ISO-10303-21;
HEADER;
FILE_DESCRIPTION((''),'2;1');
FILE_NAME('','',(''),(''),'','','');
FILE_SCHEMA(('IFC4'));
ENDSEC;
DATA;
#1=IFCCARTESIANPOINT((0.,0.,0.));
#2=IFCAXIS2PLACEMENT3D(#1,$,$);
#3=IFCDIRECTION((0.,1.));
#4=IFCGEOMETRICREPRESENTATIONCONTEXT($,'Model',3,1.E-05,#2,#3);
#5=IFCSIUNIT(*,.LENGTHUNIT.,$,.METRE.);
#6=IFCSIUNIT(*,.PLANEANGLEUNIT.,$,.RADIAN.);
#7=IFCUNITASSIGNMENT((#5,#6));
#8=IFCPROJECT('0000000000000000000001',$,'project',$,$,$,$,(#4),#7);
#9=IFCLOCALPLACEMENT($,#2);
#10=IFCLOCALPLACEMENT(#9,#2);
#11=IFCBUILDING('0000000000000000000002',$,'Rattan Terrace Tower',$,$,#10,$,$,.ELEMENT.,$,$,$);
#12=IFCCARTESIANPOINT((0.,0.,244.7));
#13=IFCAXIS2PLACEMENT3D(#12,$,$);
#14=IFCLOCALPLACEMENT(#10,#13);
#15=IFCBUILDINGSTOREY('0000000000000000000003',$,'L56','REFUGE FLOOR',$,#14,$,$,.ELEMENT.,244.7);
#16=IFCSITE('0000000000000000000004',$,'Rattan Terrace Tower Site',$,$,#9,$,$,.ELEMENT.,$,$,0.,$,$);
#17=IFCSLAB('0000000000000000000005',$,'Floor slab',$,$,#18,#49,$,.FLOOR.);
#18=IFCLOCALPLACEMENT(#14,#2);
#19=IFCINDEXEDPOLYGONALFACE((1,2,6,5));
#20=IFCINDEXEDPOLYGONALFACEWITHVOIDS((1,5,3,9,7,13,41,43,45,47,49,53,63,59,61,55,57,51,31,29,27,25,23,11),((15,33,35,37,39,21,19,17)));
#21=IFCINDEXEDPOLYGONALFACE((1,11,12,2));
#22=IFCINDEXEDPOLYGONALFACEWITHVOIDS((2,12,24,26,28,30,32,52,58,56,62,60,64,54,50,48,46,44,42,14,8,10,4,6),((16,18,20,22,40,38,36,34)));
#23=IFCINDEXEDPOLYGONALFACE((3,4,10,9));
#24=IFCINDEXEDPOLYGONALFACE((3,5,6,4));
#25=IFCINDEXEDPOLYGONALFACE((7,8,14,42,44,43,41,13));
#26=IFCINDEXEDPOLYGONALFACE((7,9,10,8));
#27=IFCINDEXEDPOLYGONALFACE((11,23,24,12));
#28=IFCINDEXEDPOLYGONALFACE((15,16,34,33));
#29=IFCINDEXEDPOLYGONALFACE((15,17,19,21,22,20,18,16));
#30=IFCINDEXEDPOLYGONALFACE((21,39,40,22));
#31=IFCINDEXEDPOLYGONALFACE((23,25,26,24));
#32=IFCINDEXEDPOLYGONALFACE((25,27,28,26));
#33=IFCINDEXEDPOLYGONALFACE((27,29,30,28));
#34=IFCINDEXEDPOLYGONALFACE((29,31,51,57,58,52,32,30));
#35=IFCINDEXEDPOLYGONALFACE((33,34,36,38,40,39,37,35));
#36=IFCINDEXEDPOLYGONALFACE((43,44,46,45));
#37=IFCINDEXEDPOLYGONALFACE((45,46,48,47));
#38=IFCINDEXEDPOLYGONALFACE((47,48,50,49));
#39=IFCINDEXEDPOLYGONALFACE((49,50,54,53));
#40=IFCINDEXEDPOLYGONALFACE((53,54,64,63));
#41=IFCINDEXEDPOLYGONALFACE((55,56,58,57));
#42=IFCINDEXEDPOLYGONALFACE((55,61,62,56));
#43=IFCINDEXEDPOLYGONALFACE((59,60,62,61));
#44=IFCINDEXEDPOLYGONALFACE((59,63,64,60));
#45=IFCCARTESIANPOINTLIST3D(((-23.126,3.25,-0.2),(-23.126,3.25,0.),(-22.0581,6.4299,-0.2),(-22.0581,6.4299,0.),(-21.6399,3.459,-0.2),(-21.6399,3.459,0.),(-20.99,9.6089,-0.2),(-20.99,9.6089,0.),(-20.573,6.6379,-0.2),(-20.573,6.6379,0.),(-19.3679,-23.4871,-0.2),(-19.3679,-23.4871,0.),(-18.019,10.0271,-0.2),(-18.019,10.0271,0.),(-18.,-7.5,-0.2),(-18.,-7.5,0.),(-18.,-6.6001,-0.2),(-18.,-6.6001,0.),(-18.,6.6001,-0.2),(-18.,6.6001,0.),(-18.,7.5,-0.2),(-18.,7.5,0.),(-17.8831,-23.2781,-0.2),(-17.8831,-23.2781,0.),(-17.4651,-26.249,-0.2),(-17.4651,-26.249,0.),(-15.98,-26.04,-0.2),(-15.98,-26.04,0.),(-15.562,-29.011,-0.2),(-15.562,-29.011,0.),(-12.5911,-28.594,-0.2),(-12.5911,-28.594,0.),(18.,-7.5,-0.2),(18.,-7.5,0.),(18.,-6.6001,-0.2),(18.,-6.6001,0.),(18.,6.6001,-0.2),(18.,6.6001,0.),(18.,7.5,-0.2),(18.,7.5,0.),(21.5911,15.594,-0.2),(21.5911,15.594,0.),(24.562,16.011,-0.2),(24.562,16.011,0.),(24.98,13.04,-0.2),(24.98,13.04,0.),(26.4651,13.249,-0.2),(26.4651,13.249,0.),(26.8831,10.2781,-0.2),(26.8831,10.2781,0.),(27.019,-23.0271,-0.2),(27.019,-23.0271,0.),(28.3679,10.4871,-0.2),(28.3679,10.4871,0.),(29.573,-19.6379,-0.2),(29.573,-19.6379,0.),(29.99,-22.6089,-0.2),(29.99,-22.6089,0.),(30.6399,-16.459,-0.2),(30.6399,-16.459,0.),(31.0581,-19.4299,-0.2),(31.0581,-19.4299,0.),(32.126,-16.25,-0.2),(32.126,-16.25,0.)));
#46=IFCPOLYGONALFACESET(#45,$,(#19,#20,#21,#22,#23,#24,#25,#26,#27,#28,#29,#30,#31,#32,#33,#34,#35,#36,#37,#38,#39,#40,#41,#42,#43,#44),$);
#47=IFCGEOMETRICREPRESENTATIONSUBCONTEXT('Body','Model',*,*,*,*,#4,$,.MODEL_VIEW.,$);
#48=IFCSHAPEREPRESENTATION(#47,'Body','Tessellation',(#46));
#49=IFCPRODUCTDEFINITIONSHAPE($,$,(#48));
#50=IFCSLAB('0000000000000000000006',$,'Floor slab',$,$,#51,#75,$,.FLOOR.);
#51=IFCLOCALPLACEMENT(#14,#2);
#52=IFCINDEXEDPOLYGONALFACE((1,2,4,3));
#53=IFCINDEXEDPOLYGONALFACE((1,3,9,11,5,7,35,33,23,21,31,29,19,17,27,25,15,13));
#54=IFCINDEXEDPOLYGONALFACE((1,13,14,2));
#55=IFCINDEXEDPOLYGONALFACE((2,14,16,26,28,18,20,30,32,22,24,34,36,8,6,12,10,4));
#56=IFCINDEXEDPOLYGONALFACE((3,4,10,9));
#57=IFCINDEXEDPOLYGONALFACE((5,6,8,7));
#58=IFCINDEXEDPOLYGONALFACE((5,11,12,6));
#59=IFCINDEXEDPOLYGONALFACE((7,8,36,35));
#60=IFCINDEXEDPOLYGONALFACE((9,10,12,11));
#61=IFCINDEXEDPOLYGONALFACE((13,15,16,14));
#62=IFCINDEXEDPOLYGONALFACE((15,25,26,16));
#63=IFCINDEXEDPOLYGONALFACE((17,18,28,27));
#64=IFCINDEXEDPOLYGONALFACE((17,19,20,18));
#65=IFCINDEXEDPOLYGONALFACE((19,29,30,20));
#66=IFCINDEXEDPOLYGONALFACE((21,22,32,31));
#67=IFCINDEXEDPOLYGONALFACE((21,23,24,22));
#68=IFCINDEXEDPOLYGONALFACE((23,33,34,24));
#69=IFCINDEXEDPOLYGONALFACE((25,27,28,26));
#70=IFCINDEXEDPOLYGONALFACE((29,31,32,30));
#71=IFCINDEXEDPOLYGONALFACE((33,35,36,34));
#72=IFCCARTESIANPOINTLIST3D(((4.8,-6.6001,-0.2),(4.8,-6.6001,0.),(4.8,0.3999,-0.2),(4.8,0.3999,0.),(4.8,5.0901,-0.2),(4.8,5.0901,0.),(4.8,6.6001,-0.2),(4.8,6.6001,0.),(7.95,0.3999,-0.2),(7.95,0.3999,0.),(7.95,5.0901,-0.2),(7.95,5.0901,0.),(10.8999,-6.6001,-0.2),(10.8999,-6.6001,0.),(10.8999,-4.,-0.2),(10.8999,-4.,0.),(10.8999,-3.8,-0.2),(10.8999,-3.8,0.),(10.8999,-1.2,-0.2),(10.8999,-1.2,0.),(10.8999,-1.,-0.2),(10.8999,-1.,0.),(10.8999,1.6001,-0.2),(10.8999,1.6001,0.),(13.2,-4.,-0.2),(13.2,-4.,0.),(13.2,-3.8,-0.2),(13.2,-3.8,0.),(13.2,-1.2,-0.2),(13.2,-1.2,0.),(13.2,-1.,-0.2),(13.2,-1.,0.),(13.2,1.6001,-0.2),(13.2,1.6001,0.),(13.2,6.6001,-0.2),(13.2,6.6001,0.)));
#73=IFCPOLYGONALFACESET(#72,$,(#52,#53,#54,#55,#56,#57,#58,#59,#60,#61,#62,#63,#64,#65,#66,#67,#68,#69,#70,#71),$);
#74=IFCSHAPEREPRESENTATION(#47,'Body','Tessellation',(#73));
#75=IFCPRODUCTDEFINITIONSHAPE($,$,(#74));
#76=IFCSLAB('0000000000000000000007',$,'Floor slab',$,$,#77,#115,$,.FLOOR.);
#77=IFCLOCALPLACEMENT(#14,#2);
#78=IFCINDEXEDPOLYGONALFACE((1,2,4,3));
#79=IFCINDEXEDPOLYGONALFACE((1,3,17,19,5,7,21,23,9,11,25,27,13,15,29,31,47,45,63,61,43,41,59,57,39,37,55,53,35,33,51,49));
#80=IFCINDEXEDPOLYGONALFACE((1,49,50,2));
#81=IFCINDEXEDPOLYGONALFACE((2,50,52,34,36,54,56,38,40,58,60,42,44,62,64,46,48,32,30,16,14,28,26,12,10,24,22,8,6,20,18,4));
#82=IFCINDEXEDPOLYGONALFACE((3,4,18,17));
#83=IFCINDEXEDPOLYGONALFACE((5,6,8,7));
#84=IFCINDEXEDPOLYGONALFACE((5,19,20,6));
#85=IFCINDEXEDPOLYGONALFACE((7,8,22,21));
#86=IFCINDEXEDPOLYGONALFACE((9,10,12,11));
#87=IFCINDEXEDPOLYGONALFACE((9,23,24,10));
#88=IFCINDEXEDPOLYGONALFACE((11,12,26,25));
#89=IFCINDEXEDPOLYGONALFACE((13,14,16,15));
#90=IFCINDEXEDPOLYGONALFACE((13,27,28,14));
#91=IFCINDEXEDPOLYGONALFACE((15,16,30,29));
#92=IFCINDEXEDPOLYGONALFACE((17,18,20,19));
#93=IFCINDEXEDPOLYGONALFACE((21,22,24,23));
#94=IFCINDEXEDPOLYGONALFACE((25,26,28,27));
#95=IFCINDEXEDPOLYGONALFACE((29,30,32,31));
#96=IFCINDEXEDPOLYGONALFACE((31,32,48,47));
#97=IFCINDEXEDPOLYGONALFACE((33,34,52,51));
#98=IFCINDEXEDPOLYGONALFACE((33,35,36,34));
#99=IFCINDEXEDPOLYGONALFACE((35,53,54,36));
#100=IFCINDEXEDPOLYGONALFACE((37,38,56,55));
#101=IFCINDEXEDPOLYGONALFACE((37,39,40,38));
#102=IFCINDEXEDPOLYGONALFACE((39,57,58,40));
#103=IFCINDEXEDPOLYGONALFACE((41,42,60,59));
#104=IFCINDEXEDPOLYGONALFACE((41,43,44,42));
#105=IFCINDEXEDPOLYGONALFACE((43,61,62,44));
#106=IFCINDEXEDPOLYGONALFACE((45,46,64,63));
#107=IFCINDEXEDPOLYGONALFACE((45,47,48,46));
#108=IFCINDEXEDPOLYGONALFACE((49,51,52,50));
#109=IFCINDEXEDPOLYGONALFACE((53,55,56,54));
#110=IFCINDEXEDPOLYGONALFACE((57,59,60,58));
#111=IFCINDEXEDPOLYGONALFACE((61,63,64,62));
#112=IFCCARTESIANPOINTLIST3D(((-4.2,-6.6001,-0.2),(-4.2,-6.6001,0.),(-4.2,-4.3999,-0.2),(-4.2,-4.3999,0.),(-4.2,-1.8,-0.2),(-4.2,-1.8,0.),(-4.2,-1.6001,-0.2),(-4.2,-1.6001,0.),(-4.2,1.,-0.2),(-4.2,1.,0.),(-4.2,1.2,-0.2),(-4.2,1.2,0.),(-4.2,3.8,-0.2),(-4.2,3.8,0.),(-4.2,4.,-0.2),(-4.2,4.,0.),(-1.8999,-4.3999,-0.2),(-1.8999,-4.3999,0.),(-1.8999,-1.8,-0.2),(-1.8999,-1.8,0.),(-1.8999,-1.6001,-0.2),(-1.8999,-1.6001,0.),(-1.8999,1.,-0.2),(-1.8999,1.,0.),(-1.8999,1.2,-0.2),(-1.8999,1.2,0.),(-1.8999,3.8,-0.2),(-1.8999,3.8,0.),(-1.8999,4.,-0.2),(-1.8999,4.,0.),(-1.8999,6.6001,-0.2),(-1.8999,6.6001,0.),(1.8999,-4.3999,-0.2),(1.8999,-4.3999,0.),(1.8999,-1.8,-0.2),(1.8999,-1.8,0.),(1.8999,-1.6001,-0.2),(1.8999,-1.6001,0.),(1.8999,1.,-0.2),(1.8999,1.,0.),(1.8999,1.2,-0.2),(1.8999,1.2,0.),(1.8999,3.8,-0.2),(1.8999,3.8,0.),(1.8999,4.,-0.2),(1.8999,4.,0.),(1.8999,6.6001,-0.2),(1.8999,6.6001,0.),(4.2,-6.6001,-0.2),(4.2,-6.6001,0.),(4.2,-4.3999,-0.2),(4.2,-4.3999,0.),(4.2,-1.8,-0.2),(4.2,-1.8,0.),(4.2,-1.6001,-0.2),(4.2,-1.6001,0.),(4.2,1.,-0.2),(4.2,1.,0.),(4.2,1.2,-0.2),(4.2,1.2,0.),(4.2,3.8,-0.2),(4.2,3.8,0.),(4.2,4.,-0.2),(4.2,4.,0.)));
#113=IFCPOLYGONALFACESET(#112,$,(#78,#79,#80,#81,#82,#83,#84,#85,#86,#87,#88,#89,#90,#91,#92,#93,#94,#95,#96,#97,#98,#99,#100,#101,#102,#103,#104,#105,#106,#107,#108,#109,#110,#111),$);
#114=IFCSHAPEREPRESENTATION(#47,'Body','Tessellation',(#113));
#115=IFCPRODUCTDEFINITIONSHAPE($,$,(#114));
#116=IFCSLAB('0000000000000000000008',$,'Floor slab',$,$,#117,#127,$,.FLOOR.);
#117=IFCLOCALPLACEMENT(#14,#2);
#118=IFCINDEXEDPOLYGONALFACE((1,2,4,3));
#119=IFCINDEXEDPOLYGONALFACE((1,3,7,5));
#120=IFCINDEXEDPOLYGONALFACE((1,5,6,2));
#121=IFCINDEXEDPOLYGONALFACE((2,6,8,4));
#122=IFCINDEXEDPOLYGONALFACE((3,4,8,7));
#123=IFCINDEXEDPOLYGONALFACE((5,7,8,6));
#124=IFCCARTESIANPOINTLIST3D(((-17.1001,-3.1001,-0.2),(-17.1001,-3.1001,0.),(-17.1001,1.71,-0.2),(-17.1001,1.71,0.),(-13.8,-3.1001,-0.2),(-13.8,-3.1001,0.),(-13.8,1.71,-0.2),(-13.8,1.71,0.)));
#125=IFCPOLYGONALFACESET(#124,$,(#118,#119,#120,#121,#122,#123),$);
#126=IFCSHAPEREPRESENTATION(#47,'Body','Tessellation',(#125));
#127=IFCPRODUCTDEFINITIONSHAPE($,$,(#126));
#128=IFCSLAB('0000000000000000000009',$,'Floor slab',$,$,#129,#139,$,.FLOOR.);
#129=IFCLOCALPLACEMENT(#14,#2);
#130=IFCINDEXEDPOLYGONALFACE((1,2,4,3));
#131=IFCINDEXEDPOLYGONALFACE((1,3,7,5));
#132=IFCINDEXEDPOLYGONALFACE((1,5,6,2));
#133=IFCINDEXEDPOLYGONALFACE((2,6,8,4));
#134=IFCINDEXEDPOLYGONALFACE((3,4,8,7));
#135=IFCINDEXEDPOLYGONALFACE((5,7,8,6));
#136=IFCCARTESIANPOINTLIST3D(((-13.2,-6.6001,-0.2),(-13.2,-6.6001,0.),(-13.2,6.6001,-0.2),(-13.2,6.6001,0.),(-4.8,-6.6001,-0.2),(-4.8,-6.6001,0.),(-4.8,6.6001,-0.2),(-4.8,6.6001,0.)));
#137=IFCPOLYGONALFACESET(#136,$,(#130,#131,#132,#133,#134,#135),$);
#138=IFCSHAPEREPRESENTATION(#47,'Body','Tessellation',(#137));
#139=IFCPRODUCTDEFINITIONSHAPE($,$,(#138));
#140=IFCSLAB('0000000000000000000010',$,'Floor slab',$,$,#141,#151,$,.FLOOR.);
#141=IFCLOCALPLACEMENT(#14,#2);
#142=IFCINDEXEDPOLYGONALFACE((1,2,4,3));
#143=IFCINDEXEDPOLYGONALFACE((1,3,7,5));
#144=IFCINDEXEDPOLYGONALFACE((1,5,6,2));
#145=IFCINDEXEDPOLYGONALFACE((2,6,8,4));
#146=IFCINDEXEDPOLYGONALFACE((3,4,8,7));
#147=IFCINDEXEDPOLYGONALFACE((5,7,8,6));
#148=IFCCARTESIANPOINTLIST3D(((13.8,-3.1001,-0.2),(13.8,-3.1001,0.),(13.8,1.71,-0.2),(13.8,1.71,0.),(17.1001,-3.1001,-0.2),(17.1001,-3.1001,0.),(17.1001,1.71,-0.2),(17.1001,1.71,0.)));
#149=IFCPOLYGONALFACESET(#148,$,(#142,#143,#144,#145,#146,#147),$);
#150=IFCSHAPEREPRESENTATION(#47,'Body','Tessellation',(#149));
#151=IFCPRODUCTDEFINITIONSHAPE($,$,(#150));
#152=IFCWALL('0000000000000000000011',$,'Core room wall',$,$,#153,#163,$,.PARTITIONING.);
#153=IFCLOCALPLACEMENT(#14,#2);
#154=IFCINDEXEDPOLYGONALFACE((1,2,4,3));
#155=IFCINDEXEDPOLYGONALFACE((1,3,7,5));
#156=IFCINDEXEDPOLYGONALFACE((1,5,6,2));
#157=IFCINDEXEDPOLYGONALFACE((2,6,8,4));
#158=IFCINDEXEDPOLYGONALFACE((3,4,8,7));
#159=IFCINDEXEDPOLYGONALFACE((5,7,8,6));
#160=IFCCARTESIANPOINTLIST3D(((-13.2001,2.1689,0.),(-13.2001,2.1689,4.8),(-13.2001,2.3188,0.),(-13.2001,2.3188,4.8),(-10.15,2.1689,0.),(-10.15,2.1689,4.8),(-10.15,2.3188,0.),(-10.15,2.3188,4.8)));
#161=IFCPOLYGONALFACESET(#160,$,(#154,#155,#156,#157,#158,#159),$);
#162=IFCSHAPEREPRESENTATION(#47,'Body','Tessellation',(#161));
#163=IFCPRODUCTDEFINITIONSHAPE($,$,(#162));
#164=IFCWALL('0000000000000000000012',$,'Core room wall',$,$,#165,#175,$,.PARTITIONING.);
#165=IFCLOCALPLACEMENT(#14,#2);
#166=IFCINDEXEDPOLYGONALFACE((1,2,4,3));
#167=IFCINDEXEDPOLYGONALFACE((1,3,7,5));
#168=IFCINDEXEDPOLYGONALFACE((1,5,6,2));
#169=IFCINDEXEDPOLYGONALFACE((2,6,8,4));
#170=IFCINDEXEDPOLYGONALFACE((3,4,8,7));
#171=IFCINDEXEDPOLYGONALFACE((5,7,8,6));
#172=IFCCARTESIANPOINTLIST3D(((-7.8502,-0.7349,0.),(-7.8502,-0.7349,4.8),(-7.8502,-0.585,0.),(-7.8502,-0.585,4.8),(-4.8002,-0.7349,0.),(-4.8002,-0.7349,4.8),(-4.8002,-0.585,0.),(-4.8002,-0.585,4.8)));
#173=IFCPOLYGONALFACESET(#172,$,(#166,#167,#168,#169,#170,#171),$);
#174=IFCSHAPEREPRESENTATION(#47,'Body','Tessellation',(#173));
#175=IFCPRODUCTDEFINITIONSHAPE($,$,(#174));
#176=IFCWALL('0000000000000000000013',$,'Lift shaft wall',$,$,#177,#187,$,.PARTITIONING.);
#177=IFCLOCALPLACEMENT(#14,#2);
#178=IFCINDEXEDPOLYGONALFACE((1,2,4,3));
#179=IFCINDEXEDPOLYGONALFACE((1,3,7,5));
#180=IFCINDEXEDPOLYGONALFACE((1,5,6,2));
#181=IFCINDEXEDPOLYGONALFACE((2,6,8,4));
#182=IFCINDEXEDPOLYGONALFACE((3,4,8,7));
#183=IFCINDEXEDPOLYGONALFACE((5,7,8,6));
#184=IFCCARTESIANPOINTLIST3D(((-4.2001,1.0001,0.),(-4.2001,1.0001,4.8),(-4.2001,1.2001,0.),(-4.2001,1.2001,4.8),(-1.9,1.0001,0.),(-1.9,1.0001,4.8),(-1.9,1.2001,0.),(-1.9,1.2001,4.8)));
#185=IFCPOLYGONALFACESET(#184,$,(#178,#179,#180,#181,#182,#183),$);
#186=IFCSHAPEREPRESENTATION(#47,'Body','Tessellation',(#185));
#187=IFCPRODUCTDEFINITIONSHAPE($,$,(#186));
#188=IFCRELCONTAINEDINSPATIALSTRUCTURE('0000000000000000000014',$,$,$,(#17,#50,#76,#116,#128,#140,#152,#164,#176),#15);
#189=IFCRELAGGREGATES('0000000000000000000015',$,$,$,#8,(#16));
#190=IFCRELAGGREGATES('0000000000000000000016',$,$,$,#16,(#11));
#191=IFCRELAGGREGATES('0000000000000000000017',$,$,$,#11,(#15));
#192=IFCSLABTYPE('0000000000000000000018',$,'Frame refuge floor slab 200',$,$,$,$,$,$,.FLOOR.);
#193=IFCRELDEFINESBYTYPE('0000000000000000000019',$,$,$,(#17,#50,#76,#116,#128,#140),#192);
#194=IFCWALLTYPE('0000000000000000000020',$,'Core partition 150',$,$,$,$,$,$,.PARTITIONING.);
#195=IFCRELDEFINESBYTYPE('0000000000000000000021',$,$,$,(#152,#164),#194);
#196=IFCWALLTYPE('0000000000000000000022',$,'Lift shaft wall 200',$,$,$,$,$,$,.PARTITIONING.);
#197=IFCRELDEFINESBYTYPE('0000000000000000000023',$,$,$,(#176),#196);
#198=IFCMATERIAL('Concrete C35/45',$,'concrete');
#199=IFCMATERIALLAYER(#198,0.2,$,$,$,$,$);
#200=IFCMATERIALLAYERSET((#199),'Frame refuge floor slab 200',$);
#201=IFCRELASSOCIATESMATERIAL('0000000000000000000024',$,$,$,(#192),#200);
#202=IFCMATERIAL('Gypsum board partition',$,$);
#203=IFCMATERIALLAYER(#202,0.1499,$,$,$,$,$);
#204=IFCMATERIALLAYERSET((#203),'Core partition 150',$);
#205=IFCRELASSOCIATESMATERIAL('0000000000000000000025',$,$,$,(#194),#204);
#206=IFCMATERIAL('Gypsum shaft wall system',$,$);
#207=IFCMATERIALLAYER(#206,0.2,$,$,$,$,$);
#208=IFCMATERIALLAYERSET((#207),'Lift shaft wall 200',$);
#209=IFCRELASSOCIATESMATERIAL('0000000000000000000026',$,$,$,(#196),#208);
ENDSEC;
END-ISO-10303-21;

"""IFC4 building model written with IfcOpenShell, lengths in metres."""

from ifc_helpers import new_model, si_unit, direction, frame, frame_2d, origin, place, context, subcontext, project, spatial, polyline, rectangle, outline, extrude, material, layer, layer_set, type_object, element, save


model = new_model("IFC4")

# Units and contexts
model_context = context("Model", 3, precision=1e-05, world=origin(), true_north=direction((0.0, 1.0)))
body_context = subcontext(model_context, "Body", "Model", "MODEL_VIEW")
ifc_project = project(units=[si_unit("LENGTHUNIT", "METRE"), si_unit("PLANEANGLEUNIT", "RADIAN")], contexts=[model_context])

# Site, building, storey
site_placement = place(None, origin())
site = spatial("IfcSite", under=ifc_project, at=site_placement, Name="Rattan Terrace Tower Site", CompositionType="ELEMENT", RefElevation=0.0)
building_placement = place(site_placement, origin())
building = spatial("IfcBuilding", under=site, at=building_placement, Name="Rattan Terrace Tower", CompositionType="ELEMENT")
storey_placement = place(building_placement, frame((0.0, 0.0, 244.7)))
storey = spatial("IfcBuildingStorey", under=building, at=storey_placement, Name="L56", Description="REFUGE FLOOR", CompositionType="ELEMENT", Elevation=244.7)

# Slabs
ifc_material_1 = material(Name="Concrete C35/45", Category="concrete")
ifc_layer_1 = layer(ifc_material_1, 0.2)
ifc_layer_set_1 = layer_set([ifc_layer_1], Name="Frame refuge floor slab 200")
slab_type_1 = type_object("IfcSlabType", Name="Frame refuge floor slab 200", PredefinedType="FLOOR", material=ifc_layer_set_1)
slab_1_placement = place(storey_placement, frame((0.0, 0.0, -0.2)))
element("IfcSlab", 1, at=slab_1_placement, inside=storey, type_object=slab_type_1, Name="Floor slab", PredefinedType="FLOOR", context=body_context, shape_type="SweptSolid", body=[
    extrude(outline(polyline([(-12.5911, -28.594), (27.019, -23.0271), (29.99, -22.6089), (29.573, -19.6379), (31.0581, -19.4299), (30.6399, -16.459), (32.126, -16.25), (28.3679, 10.4871), (26.8831, 10.2781), (26.4651, 13.249), (24.98, 13.04), (24.562, 16.011), (21.5911, 15.594), (-18.019, 10.0271), (-20.99, 9.6089), (-20.573, 6.6379), (-22.0581, 6.4299), (-21.6399, 3.459), (-23.126, 3.25), (-19.3679, -23.4871), (-17.8831, -23.2781), (-17.4651, -26.249), (-15.98, -26.04), (-15.562, -29.011), (-12.5911, -28.594)]), holes=[polyline([(-18.0, -7.5), (18.0, -7.5), (18.0, -6.6001), (18.0, 6.6001), (18.0, 7.5), (-18.0, 7.5), (-18.0, 6.6001), (-18.0, -6.6001), (-18.0, -7.5)])]), origin(), (0.0, 0.0, 1.0), 0.2),
])
slab_2_placement = place(storey_placement, frame((0.0, 0.0, -0.2)))
element("IfcSlab", 2, at=slab_2_placement, inside=storey, type_object=slab_type_1, Name="Floor slab", PredefinedType="FLOOR", context=body_context, shape_type="SweptSolid", body=[
    extrude(outline(polyline([(13.2, 6.6001), (4.8, 6.6001), (4.8, 5.0901), (7.95, 5.0901), (7.95, 0.3999), (4.8, 0.3999), (4.8, -6.6001), (10.8999, -6.6001), (10.8999, -4.0), (13.2, -4.0), (13.2, -3.8), (10.8999, -3.8), (10.8999, -1.2), (13.2, -1.2), (13.2, -1.0), (10.8999, -1.0), (10.8999, 1.6001), (13.2, 1.6001), (13.2, 6.6001)])), origin(), (0.0, 0.0, 1.0), 0.2),
])
slab_3_placement = place(storey_placement, frame((0.0, 0.0, -0.2)))
element("IfcSlab", 3, at=slab_3_placement, inside=storey, type_object=slab_type_1, Name="Floor slab", PredefinedType="FLOOR", context=body_context, shape_type="SweptSolid", body=[
    extrude(outline(polyline([(1.8999, 6.6001), (-1.8999, 6.6001), (-1.8999, 4.0), (-4.2, 4.0), (-4.2, 3.8), (-1.8999, 3.8), (-1.8999, 1.2), (-4.2, 1.2), (-4.2, 1.0), (-1.8999, 1.0), (-1.8999, -1.6001), (-4.2, -1.6001), (-4.2, -1.8), (-1.8999, -1.8), (-1.8999, -4.3999), (-4.2, -4.3999), (-4.2, -6.6001), (4.2, -6.6001), (4.2, -4.3999), (1.8999, -4.3999), (1.8999, -1.8), (4.2, -1.8), (4.2, -1.6001), (1.8999, -1.6001), (1.8999, 1.0), (4.2, 1.0), (4.2, 1.2), (1.8999, 1.2), (1.8999, 3.8), (4.2, 3.8), (4.2, 4.0), (1.8999, 4.0), (1.8999, 6.6001)])), origin(), (0.0, 0.0, 1.0), 0.2),
])
slab_4_placement = place(storey_placement, frame((0.0, 0.0, -0.2)))
element("IfcSlab", 4, at=slab_4_placement, inside=storey, type_object=slab_type_1, Name="Floor slab", PredefinedType="FLOOR", context=body_context, shape_type="SweptSolid", body=[
    extrude(outline(polyline([(-17.1001, -3.1001), (-13.8, -3.1001), (-13.8, 1.71), (-17.1001, 1.71), (-17.1001, -3.1001)])), origin(), (0.0, 0.0, 1.0), 0.2),
])
slab_5_placement = place(storey_placement, frame((0.0, 0.0, -0.2)))
element("IfcSlab", 5, at=slab_5_placement, inside=storey, type_object=slab_type_1, Name="Floor slab", PredefinedType="FLOOR", context=body_context, shape_type="SweptSolid", body=[
    extrude(outline(polyline([(-4.8, -6.6001), (-4.8, 6.6001), (-13.2, 6.6001), (-13.2, -6.6001), (-4.8, -6.6001)])), origin(), (0.0, 0.0, 1.0), 0.2),
])
slab_6_placement = place(storey_placement, frame((0.0, 0.0, -0.2)))
element("IfcSlab", 6, at=slab_6_placement, inside=storey, type_object=slab_type_1, Name="Floor slab", PredefinedType="FLOOR", context=body_context, shape_type="SweptSolid", body=[
    extrude(outline(polyline([(13.8, -3.1001), (17.1001, -3.1001), (17.1001, 1.71), (13.8, 1.71), (13.8, -3.1001)])), origin(), (0.0, 0.0, 1.0), 0.2),
])

# Walls
ifc_material_2 = material(Name="Gypsum board partition")
ifc_layer_2 = layer(ifc_material_2, 0.1499)
ifc_layer_set_2 = layer_set([ifc_layer_2], Name="Core partition 150")
wall_type_1 = type_object("IfcWallType", Name="Core partition 150", PredefinedType="PARTITIONING", material=ifc_layer_set_2)
for number, where, z_axis, x_axis, name in (
    (7, (-13.2, 2.2439, 0.0), (0.0, 0.0, 1.0), (1.0, 0.0, 0.0), "Core room wall"),
    (8, (-7.8501, -0.6599, 0.0), (0.0, 0.0, 1.0), (1.0, 0.0, 0.0), "Core room wall"),
):
    element("IfcWall", number, at=place(storey_placement, frame(where, z_axis=z_axis, x_axis=x_axis)), inside=storey, type_object=wall_type_1, Name=name, PredefinedType="PARTITIONING", context=body_context, shape_type="SweptSolid", body=[
        extrude(rectangle(XDim=3.05, YDim=0.1499, at=frame_2d((1.5249, 0.0))), origin(), (0.0, 0.0, 1.0), 4.8),
    ])
ifc_material_3 = material(Name="Gypsum shaft wall system")
ifc_layer_3 = layer(ifc_material_3, 0.2)
ifc_layer_set_3 = layer_set([ifc_layer_3], Name="Lift shaft wall 200")
wall_type_2 = type_object("IfcWallType", Name="Lift shaft wall 200", PredefinedType="PARTITIONING", material=ifc_layer_set_3)
for number, where, z_axis, x_axis, name in (
    (9, (-4.2, 1.1001, 0.0), (0.0, 0.0, 1.0), (1.0, 0.0, 0.0), "Lift shaft wall"),
):
    element("IfcWall", number, at=place(storey_placement, frame(where, z_axis=z_axis, x_axis=x_axis)), inside=storey, type_object=wall_type_2, Name=name, PredefinedType="PARTITIONING", context=body_context, shape_type="SweptSolid", body=[
        extrude(rectangle(XDim=2.3, YDim=0.2, at=frame_2d((1.1499, 0.0))), origin(), (0.0, 0.0, 1.0), 4.8),
    ])

save(model, "model.ifc")
